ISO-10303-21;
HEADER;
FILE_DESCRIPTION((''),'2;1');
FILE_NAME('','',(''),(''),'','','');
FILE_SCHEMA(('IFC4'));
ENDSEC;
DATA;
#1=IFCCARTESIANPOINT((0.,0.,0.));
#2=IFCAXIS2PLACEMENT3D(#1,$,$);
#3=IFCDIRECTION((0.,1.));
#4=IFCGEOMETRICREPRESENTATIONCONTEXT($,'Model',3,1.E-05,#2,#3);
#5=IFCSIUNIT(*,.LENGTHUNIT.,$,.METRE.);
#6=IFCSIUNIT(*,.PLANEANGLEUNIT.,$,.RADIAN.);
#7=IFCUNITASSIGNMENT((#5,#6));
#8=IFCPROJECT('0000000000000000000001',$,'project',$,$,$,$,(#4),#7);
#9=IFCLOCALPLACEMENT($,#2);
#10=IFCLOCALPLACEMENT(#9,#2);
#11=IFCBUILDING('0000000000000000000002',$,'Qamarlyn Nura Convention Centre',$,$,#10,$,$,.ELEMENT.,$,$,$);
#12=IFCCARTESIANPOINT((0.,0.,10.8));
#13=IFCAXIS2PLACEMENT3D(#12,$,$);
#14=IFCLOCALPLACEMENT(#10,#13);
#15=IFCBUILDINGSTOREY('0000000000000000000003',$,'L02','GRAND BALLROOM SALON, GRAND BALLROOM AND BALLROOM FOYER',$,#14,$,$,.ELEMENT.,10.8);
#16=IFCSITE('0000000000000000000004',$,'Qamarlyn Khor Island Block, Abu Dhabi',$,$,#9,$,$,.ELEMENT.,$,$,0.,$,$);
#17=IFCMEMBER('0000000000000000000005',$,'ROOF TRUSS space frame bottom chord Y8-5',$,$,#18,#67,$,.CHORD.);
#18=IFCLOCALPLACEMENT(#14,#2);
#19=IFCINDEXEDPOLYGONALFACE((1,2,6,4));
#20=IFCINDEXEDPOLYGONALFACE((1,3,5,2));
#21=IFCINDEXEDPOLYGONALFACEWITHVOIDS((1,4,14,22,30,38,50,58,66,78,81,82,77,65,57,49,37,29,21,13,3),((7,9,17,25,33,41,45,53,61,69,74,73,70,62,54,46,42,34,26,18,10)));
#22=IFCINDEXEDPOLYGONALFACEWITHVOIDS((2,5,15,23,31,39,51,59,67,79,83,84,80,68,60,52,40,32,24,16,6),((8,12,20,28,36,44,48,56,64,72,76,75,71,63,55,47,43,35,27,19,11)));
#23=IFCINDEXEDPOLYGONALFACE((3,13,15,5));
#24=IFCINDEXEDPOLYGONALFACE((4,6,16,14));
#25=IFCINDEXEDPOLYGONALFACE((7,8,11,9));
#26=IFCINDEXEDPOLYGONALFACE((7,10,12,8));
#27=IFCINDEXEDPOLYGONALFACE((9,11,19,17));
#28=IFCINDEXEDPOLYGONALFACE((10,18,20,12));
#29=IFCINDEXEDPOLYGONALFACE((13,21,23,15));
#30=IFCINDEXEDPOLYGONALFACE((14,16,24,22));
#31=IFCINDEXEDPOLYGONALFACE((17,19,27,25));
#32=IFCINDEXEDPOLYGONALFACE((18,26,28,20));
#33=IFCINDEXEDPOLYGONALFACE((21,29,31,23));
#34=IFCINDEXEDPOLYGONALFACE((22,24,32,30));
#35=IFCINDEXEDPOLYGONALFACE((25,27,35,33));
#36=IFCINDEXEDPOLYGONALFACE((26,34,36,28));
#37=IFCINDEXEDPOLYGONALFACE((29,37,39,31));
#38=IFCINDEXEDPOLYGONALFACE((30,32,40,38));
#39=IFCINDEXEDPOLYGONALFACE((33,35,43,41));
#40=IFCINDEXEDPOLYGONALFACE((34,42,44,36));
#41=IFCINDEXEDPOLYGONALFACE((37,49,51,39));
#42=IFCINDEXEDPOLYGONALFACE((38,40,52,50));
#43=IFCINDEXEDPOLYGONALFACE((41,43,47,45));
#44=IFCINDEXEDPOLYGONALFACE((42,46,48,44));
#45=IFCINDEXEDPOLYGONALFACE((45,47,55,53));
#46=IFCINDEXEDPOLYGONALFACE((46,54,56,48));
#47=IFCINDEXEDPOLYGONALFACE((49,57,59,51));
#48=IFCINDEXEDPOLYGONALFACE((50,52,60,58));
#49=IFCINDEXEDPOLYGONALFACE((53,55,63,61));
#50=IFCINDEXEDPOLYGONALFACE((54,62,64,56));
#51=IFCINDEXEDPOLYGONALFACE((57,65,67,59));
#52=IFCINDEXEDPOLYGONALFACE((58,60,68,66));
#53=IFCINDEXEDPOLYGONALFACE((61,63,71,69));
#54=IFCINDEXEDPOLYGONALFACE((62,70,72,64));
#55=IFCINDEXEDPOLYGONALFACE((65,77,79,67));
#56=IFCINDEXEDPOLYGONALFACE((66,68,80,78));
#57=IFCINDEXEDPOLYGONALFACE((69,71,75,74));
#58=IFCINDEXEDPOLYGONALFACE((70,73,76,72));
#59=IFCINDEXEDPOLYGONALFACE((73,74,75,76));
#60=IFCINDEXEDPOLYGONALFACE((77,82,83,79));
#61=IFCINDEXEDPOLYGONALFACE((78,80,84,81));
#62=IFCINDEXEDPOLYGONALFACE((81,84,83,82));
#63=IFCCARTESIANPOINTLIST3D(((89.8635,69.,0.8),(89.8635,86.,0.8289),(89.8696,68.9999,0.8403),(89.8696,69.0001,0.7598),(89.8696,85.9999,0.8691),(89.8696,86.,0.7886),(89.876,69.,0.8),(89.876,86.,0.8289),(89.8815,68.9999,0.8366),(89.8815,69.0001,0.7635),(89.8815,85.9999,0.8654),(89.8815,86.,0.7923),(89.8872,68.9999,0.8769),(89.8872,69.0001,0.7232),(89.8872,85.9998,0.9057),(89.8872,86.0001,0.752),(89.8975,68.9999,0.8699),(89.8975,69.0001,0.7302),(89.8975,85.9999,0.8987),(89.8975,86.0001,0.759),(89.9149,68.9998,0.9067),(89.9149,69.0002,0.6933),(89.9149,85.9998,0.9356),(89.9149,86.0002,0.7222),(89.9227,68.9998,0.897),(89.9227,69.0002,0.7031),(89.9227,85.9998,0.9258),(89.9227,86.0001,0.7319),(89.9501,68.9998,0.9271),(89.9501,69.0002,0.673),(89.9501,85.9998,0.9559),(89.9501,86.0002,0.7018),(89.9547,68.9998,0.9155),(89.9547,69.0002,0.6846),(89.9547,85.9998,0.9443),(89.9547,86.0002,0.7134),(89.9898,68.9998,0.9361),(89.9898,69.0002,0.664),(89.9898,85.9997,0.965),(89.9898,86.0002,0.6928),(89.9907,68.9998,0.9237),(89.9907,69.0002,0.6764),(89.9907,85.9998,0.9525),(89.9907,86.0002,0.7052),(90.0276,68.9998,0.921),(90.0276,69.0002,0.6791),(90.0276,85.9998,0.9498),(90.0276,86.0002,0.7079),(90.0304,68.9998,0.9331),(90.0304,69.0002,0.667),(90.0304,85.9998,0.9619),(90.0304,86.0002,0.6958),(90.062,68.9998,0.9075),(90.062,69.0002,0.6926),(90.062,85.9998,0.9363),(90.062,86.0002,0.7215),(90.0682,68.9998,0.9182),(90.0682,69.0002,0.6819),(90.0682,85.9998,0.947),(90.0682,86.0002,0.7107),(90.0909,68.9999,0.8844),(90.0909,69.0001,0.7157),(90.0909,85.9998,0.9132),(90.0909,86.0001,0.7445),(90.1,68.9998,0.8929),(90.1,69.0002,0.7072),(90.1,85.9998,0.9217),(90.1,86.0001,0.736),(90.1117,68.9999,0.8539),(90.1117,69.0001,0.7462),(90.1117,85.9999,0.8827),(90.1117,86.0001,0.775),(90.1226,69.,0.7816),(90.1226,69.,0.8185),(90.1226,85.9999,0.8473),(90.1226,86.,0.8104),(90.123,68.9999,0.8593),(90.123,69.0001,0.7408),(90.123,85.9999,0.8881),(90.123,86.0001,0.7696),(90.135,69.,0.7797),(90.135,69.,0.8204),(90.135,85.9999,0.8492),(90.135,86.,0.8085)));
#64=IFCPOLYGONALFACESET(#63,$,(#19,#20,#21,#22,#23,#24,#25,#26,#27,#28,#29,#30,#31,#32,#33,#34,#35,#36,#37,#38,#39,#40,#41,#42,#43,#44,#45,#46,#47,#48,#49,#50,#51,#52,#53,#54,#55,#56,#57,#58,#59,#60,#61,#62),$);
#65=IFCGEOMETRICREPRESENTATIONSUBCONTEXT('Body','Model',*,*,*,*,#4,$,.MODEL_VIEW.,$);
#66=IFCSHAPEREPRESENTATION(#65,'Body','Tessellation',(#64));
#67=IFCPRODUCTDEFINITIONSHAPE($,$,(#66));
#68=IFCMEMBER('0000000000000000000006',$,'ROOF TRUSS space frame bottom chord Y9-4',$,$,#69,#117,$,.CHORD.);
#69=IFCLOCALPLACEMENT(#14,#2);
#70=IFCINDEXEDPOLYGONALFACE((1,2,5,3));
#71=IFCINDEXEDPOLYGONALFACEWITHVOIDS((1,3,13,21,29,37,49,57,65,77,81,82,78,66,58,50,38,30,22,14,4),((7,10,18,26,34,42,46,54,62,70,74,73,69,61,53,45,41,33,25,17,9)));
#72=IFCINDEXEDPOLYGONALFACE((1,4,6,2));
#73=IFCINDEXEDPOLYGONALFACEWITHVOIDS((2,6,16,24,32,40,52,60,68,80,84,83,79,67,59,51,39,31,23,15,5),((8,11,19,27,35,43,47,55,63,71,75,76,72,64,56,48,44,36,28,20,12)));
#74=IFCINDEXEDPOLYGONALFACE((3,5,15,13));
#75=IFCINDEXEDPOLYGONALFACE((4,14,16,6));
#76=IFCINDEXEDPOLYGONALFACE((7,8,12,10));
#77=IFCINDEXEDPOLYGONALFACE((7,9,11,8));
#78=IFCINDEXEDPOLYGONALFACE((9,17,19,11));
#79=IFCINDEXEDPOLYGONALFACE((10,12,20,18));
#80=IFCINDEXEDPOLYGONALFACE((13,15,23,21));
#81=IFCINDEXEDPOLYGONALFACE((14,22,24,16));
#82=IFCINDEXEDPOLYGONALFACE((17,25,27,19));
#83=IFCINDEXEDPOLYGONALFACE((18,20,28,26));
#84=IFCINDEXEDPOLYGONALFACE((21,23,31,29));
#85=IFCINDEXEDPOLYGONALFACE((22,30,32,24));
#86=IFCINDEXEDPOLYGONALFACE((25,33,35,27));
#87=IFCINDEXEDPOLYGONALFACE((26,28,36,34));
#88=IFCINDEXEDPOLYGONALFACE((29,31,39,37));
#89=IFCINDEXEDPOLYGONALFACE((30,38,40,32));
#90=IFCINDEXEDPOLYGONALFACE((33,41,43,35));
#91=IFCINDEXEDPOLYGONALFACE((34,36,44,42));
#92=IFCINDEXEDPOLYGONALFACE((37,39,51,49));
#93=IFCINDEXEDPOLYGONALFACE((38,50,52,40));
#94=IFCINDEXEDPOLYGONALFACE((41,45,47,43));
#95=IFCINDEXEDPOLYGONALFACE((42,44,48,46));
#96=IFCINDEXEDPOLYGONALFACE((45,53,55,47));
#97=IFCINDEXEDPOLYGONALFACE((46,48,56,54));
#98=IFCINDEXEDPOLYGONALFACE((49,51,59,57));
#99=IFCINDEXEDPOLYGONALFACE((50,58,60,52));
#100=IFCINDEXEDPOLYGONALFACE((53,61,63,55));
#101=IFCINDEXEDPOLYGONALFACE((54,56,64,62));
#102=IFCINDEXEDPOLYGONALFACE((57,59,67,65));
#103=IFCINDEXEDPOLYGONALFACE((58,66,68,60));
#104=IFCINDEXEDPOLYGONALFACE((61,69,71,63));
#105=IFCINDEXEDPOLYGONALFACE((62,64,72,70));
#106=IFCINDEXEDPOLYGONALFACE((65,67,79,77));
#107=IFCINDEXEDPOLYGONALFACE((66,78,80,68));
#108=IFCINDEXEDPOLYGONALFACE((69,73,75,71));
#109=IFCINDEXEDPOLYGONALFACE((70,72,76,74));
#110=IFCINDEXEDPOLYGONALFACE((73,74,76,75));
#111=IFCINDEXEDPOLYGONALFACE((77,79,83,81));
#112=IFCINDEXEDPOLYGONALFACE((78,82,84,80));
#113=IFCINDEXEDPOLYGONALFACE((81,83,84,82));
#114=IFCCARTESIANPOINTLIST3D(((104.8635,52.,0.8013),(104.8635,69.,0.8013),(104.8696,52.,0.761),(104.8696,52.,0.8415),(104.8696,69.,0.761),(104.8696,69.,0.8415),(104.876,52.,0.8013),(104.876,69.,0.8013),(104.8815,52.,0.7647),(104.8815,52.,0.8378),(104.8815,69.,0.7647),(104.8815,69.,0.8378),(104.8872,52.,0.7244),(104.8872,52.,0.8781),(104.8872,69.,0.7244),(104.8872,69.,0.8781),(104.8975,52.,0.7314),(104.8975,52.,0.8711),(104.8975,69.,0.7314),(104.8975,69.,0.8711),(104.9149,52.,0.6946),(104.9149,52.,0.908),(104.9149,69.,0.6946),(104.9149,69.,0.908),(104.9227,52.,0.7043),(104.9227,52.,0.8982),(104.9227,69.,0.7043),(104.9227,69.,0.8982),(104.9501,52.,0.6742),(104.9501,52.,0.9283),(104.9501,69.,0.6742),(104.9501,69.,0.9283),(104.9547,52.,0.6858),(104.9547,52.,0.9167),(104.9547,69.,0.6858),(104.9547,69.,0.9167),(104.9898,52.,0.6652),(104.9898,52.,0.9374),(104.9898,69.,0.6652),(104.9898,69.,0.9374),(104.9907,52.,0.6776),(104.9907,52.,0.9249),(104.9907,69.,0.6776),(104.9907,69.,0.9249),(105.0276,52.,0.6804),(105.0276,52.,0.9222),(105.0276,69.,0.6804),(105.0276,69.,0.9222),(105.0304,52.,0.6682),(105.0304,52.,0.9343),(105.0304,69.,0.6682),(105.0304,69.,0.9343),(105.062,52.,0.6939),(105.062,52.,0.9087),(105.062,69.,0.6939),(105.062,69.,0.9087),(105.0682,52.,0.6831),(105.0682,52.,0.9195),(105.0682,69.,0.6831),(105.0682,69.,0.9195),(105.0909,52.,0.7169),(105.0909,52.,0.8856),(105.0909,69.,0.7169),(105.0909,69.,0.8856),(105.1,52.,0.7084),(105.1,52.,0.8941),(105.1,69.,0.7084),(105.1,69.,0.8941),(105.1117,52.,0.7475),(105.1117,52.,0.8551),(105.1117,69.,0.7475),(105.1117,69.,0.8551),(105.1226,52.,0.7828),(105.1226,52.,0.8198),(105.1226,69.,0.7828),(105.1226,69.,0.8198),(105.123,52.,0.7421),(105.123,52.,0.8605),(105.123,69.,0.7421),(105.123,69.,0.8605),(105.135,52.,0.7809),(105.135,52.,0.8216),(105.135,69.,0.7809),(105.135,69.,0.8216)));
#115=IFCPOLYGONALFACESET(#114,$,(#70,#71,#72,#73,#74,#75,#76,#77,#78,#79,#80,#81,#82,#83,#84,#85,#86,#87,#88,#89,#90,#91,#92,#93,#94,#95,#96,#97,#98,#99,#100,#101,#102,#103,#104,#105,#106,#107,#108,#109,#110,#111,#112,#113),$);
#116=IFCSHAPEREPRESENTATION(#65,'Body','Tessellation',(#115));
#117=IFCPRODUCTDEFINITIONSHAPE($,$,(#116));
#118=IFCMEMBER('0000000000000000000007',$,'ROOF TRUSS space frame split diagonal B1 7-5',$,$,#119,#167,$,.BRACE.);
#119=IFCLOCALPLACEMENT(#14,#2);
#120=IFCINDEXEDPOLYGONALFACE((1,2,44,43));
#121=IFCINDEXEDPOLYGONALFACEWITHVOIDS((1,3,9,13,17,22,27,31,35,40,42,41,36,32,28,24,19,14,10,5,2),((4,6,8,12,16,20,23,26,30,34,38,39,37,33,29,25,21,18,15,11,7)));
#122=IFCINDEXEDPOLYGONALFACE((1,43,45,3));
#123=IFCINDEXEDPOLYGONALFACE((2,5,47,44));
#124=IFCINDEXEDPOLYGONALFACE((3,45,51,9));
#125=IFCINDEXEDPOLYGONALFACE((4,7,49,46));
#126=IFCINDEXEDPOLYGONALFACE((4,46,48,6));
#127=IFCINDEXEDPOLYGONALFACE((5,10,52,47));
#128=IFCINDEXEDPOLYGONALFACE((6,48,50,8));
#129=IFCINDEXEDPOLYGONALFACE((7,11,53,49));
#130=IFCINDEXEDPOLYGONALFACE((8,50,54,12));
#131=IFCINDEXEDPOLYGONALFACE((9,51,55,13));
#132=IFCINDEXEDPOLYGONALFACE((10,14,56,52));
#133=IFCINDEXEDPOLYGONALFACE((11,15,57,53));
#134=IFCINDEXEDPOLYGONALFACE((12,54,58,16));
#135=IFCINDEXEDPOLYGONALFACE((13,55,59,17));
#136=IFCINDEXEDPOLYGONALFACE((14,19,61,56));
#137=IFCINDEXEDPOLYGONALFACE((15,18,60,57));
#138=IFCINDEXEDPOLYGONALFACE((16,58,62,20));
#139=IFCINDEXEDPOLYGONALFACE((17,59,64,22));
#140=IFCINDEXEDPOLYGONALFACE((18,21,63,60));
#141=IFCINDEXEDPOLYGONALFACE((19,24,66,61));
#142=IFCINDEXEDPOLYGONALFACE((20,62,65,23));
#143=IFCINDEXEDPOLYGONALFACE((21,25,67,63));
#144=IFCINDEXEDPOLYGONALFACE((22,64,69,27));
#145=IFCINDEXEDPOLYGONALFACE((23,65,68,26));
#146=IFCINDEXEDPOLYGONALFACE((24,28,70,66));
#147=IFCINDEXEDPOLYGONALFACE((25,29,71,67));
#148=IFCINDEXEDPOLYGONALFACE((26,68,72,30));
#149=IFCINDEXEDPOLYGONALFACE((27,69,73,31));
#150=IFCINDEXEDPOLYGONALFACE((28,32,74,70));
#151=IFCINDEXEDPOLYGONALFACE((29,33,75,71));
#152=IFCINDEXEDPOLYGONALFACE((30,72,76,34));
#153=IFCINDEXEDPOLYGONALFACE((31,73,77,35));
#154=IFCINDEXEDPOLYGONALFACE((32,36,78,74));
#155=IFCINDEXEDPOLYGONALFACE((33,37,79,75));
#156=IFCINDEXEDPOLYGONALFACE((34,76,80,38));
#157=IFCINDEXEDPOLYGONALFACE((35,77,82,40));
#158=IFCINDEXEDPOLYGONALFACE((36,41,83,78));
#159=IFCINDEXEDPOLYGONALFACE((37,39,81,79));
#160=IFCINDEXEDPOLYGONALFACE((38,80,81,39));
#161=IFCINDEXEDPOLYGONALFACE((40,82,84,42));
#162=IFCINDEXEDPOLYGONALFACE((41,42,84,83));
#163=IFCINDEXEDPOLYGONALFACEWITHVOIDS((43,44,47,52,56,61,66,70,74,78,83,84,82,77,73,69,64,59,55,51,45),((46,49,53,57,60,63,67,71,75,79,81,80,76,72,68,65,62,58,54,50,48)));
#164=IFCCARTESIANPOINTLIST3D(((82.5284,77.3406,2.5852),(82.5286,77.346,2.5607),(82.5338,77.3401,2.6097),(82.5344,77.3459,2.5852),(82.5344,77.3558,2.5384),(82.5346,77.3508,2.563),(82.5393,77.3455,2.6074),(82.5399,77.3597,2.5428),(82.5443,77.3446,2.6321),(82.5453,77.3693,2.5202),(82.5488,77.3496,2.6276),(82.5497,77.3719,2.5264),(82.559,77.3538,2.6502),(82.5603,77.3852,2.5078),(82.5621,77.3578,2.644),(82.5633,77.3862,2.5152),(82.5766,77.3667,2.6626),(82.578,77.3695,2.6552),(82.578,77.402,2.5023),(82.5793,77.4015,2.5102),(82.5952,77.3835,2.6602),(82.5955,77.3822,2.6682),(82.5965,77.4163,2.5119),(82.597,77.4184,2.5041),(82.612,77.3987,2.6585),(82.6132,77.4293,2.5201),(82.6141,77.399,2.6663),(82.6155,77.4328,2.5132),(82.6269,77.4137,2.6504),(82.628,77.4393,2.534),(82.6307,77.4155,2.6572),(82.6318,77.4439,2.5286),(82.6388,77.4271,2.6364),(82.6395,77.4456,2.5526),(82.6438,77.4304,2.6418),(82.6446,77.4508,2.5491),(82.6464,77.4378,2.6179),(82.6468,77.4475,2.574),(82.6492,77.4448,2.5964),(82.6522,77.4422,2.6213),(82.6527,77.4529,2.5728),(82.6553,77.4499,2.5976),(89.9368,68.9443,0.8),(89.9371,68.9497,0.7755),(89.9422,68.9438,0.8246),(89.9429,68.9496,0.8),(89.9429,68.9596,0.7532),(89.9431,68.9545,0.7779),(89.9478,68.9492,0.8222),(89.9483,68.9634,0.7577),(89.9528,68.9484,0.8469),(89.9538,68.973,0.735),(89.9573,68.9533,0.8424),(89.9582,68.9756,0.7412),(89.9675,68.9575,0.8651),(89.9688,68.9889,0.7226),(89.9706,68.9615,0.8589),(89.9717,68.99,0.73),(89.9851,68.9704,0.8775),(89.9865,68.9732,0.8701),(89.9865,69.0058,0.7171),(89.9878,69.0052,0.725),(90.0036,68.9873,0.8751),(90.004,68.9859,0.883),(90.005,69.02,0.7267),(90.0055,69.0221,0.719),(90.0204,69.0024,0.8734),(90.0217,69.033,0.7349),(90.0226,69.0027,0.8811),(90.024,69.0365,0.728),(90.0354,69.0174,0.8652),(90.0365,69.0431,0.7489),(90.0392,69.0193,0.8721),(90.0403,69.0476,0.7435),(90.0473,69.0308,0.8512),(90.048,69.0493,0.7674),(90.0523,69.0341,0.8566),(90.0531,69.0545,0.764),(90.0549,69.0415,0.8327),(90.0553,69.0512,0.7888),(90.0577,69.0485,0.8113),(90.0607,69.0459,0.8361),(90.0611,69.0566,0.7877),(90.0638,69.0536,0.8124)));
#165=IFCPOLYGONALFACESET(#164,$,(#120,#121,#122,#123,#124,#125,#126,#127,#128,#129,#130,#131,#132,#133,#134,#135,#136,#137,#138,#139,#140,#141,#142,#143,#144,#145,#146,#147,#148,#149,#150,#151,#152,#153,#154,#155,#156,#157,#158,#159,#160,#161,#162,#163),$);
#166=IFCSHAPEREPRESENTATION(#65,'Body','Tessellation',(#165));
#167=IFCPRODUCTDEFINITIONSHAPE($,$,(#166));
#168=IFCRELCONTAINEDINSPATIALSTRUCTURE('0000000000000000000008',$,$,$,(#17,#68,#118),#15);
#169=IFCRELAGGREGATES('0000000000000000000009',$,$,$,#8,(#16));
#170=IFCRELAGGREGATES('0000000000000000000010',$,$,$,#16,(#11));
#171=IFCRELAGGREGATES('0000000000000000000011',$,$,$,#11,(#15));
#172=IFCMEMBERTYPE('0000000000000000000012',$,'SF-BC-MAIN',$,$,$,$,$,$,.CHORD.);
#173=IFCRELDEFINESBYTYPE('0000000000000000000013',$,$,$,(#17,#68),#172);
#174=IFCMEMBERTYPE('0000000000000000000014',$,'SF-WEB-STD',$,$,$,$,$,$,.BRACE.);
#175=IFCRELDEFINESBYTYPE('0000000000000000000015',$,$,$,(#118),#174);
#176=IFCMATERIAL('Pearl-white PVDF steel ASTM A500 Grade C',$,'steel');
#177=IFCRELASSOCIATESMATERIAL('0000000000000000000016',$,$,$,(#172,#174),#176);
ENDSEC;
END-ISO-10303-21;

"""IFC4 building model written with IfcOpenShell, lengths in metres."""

from ifc_helpers import new_model, si_unit, direction, frame, origin, origin_2d, place, context, subcontext, project, spatial, hollow_circle, extrude, material, material_profile, profile_set, type_object, element, save


model = new_model("IFC4")

# Units and contexts
model_context = context("Model", 3, precision=1e-05, world=origin(), true_north=direction((0.0, 1.0)))
body_context = subcontext(model_context, "Body", "Model", "MODEL_VIEW")
ifc_project = project(units=[si_unit("LENGTHUNIT", "METRE"), si_unit("PLANEANGLEUNIT", "RADIAN")], contexts=[model_context])

# Site, building, storey
site_placement = place(None, origin())
site = spatial("IfcSite", under=ifc_project, at=site_placement, Name="Qamarlyn Khor Island Block, Abu Dhabi", CompositionType="ELEMENT", RefElevation=0.0)
building_placement = place(site_placement, origin())
building = spatial("IfcBuilding", under=site, at=building_placement, Name="Qamarlyn Nura Convention Centre", CompositionType="ELEMENT")
storey_placement = place(building_placement, frame((0.0, 0.0, 10.8)))
storey = spatial("IfcBuildingStorey", under=building, at=storey_placement, Name="L02", Description="GRAND BALLROOM SALON, GRAND BALLROOM AND BALLROOM FOYER", CompositionType="ELEMENT", Elevation=10.8)

# Members
ifc_material_1 = material(Name="Pearl-white PVDF steel ASTM A500 Grade C", Category="steel")
ifc_material_profile_1 = material_profile(ifc_material_1, hollow_circle(Radius=0.1365, WallThickness=0.0125, at=origin_2d()), Name="CHS273X12.5")
ifc_profile_set_1 = profile_set([ifc_material_profile_1], Name="Pearl-white PVDF steel ASTM A500 Grade C")
member_type_1 = type_object("IfcMemberType", Name="SF-BC-MAIN", PredefinedType="CHORD", material=ifc_profile_set_1)
for number, where, z_axis, x_axis, name in (
    (1, (90.0, 69.0, 0.8), (0.0, 0.999999, 0.001695), (-1.0, 0.0, 0.0), "ROOF TRUSS space frame bottom chord Y8-5"),
    (2, (105.0, 52.0, 0.8013), (0.0, 1.0, 0.0), (-1.0, 0.0, 0.0), "ROOF TRUSS space frame bottom chord Y9-4"),
):
    element("IfcMember", number, at=place(storey_placement, frame(where, z_axis=z_axis, x_axis=x_axis)), inside=storey, type_object=member_type_1, Name=name, PredefinedType="CHORD", context=body_context, shape_type="SweptSolid", body=[
        extrude(hollow_circle(Radius=0.1365, WallThickness=0.0125, at=origin_2d()), origin(), (0.0, 0.0, 1.0), 17.0),
    ])
ifc_material_profile_2 = material_profile(ifc_material_1, hollow_circle(Radius=0.0842, WallThickness=0.0081, at=origin_2d()), Name="CHS168.3X8")
ifc_profile_set_2 = profile_set([ifc_material_profile_2], Name="Pearl-white PVDF steel ASTM A500 Grade C")
member_type_2 = type_object("IfcMemberType", Name="SF-WEB-STD", PredefinedType="BRACE", material=ifc_profile_set_2)
member_1_placement = place(storey_placement, frame((90.0, 69.0, 0.8), z_axis=(-0.653371, 0.740487, 0.157438), x_axis=(-0.749838, -0.661622, 0.0)))
element("IfcMember", 3, at=member_1_placement, inside=storey, type_object=member_type_2, Name="ROOF TRUSS space frame split diagonal B1 7-5", PredefinedType="BRACE", context=body_context, shape_type="SweptSolid", body=[
    extrude(hollow_circle(Radius=0.0842, WallThickness=0.0081, at=origin_2d()), origin(), (0.0, 0.0, 1.0), 11.3389),
])

save(model, "model.ifc")
